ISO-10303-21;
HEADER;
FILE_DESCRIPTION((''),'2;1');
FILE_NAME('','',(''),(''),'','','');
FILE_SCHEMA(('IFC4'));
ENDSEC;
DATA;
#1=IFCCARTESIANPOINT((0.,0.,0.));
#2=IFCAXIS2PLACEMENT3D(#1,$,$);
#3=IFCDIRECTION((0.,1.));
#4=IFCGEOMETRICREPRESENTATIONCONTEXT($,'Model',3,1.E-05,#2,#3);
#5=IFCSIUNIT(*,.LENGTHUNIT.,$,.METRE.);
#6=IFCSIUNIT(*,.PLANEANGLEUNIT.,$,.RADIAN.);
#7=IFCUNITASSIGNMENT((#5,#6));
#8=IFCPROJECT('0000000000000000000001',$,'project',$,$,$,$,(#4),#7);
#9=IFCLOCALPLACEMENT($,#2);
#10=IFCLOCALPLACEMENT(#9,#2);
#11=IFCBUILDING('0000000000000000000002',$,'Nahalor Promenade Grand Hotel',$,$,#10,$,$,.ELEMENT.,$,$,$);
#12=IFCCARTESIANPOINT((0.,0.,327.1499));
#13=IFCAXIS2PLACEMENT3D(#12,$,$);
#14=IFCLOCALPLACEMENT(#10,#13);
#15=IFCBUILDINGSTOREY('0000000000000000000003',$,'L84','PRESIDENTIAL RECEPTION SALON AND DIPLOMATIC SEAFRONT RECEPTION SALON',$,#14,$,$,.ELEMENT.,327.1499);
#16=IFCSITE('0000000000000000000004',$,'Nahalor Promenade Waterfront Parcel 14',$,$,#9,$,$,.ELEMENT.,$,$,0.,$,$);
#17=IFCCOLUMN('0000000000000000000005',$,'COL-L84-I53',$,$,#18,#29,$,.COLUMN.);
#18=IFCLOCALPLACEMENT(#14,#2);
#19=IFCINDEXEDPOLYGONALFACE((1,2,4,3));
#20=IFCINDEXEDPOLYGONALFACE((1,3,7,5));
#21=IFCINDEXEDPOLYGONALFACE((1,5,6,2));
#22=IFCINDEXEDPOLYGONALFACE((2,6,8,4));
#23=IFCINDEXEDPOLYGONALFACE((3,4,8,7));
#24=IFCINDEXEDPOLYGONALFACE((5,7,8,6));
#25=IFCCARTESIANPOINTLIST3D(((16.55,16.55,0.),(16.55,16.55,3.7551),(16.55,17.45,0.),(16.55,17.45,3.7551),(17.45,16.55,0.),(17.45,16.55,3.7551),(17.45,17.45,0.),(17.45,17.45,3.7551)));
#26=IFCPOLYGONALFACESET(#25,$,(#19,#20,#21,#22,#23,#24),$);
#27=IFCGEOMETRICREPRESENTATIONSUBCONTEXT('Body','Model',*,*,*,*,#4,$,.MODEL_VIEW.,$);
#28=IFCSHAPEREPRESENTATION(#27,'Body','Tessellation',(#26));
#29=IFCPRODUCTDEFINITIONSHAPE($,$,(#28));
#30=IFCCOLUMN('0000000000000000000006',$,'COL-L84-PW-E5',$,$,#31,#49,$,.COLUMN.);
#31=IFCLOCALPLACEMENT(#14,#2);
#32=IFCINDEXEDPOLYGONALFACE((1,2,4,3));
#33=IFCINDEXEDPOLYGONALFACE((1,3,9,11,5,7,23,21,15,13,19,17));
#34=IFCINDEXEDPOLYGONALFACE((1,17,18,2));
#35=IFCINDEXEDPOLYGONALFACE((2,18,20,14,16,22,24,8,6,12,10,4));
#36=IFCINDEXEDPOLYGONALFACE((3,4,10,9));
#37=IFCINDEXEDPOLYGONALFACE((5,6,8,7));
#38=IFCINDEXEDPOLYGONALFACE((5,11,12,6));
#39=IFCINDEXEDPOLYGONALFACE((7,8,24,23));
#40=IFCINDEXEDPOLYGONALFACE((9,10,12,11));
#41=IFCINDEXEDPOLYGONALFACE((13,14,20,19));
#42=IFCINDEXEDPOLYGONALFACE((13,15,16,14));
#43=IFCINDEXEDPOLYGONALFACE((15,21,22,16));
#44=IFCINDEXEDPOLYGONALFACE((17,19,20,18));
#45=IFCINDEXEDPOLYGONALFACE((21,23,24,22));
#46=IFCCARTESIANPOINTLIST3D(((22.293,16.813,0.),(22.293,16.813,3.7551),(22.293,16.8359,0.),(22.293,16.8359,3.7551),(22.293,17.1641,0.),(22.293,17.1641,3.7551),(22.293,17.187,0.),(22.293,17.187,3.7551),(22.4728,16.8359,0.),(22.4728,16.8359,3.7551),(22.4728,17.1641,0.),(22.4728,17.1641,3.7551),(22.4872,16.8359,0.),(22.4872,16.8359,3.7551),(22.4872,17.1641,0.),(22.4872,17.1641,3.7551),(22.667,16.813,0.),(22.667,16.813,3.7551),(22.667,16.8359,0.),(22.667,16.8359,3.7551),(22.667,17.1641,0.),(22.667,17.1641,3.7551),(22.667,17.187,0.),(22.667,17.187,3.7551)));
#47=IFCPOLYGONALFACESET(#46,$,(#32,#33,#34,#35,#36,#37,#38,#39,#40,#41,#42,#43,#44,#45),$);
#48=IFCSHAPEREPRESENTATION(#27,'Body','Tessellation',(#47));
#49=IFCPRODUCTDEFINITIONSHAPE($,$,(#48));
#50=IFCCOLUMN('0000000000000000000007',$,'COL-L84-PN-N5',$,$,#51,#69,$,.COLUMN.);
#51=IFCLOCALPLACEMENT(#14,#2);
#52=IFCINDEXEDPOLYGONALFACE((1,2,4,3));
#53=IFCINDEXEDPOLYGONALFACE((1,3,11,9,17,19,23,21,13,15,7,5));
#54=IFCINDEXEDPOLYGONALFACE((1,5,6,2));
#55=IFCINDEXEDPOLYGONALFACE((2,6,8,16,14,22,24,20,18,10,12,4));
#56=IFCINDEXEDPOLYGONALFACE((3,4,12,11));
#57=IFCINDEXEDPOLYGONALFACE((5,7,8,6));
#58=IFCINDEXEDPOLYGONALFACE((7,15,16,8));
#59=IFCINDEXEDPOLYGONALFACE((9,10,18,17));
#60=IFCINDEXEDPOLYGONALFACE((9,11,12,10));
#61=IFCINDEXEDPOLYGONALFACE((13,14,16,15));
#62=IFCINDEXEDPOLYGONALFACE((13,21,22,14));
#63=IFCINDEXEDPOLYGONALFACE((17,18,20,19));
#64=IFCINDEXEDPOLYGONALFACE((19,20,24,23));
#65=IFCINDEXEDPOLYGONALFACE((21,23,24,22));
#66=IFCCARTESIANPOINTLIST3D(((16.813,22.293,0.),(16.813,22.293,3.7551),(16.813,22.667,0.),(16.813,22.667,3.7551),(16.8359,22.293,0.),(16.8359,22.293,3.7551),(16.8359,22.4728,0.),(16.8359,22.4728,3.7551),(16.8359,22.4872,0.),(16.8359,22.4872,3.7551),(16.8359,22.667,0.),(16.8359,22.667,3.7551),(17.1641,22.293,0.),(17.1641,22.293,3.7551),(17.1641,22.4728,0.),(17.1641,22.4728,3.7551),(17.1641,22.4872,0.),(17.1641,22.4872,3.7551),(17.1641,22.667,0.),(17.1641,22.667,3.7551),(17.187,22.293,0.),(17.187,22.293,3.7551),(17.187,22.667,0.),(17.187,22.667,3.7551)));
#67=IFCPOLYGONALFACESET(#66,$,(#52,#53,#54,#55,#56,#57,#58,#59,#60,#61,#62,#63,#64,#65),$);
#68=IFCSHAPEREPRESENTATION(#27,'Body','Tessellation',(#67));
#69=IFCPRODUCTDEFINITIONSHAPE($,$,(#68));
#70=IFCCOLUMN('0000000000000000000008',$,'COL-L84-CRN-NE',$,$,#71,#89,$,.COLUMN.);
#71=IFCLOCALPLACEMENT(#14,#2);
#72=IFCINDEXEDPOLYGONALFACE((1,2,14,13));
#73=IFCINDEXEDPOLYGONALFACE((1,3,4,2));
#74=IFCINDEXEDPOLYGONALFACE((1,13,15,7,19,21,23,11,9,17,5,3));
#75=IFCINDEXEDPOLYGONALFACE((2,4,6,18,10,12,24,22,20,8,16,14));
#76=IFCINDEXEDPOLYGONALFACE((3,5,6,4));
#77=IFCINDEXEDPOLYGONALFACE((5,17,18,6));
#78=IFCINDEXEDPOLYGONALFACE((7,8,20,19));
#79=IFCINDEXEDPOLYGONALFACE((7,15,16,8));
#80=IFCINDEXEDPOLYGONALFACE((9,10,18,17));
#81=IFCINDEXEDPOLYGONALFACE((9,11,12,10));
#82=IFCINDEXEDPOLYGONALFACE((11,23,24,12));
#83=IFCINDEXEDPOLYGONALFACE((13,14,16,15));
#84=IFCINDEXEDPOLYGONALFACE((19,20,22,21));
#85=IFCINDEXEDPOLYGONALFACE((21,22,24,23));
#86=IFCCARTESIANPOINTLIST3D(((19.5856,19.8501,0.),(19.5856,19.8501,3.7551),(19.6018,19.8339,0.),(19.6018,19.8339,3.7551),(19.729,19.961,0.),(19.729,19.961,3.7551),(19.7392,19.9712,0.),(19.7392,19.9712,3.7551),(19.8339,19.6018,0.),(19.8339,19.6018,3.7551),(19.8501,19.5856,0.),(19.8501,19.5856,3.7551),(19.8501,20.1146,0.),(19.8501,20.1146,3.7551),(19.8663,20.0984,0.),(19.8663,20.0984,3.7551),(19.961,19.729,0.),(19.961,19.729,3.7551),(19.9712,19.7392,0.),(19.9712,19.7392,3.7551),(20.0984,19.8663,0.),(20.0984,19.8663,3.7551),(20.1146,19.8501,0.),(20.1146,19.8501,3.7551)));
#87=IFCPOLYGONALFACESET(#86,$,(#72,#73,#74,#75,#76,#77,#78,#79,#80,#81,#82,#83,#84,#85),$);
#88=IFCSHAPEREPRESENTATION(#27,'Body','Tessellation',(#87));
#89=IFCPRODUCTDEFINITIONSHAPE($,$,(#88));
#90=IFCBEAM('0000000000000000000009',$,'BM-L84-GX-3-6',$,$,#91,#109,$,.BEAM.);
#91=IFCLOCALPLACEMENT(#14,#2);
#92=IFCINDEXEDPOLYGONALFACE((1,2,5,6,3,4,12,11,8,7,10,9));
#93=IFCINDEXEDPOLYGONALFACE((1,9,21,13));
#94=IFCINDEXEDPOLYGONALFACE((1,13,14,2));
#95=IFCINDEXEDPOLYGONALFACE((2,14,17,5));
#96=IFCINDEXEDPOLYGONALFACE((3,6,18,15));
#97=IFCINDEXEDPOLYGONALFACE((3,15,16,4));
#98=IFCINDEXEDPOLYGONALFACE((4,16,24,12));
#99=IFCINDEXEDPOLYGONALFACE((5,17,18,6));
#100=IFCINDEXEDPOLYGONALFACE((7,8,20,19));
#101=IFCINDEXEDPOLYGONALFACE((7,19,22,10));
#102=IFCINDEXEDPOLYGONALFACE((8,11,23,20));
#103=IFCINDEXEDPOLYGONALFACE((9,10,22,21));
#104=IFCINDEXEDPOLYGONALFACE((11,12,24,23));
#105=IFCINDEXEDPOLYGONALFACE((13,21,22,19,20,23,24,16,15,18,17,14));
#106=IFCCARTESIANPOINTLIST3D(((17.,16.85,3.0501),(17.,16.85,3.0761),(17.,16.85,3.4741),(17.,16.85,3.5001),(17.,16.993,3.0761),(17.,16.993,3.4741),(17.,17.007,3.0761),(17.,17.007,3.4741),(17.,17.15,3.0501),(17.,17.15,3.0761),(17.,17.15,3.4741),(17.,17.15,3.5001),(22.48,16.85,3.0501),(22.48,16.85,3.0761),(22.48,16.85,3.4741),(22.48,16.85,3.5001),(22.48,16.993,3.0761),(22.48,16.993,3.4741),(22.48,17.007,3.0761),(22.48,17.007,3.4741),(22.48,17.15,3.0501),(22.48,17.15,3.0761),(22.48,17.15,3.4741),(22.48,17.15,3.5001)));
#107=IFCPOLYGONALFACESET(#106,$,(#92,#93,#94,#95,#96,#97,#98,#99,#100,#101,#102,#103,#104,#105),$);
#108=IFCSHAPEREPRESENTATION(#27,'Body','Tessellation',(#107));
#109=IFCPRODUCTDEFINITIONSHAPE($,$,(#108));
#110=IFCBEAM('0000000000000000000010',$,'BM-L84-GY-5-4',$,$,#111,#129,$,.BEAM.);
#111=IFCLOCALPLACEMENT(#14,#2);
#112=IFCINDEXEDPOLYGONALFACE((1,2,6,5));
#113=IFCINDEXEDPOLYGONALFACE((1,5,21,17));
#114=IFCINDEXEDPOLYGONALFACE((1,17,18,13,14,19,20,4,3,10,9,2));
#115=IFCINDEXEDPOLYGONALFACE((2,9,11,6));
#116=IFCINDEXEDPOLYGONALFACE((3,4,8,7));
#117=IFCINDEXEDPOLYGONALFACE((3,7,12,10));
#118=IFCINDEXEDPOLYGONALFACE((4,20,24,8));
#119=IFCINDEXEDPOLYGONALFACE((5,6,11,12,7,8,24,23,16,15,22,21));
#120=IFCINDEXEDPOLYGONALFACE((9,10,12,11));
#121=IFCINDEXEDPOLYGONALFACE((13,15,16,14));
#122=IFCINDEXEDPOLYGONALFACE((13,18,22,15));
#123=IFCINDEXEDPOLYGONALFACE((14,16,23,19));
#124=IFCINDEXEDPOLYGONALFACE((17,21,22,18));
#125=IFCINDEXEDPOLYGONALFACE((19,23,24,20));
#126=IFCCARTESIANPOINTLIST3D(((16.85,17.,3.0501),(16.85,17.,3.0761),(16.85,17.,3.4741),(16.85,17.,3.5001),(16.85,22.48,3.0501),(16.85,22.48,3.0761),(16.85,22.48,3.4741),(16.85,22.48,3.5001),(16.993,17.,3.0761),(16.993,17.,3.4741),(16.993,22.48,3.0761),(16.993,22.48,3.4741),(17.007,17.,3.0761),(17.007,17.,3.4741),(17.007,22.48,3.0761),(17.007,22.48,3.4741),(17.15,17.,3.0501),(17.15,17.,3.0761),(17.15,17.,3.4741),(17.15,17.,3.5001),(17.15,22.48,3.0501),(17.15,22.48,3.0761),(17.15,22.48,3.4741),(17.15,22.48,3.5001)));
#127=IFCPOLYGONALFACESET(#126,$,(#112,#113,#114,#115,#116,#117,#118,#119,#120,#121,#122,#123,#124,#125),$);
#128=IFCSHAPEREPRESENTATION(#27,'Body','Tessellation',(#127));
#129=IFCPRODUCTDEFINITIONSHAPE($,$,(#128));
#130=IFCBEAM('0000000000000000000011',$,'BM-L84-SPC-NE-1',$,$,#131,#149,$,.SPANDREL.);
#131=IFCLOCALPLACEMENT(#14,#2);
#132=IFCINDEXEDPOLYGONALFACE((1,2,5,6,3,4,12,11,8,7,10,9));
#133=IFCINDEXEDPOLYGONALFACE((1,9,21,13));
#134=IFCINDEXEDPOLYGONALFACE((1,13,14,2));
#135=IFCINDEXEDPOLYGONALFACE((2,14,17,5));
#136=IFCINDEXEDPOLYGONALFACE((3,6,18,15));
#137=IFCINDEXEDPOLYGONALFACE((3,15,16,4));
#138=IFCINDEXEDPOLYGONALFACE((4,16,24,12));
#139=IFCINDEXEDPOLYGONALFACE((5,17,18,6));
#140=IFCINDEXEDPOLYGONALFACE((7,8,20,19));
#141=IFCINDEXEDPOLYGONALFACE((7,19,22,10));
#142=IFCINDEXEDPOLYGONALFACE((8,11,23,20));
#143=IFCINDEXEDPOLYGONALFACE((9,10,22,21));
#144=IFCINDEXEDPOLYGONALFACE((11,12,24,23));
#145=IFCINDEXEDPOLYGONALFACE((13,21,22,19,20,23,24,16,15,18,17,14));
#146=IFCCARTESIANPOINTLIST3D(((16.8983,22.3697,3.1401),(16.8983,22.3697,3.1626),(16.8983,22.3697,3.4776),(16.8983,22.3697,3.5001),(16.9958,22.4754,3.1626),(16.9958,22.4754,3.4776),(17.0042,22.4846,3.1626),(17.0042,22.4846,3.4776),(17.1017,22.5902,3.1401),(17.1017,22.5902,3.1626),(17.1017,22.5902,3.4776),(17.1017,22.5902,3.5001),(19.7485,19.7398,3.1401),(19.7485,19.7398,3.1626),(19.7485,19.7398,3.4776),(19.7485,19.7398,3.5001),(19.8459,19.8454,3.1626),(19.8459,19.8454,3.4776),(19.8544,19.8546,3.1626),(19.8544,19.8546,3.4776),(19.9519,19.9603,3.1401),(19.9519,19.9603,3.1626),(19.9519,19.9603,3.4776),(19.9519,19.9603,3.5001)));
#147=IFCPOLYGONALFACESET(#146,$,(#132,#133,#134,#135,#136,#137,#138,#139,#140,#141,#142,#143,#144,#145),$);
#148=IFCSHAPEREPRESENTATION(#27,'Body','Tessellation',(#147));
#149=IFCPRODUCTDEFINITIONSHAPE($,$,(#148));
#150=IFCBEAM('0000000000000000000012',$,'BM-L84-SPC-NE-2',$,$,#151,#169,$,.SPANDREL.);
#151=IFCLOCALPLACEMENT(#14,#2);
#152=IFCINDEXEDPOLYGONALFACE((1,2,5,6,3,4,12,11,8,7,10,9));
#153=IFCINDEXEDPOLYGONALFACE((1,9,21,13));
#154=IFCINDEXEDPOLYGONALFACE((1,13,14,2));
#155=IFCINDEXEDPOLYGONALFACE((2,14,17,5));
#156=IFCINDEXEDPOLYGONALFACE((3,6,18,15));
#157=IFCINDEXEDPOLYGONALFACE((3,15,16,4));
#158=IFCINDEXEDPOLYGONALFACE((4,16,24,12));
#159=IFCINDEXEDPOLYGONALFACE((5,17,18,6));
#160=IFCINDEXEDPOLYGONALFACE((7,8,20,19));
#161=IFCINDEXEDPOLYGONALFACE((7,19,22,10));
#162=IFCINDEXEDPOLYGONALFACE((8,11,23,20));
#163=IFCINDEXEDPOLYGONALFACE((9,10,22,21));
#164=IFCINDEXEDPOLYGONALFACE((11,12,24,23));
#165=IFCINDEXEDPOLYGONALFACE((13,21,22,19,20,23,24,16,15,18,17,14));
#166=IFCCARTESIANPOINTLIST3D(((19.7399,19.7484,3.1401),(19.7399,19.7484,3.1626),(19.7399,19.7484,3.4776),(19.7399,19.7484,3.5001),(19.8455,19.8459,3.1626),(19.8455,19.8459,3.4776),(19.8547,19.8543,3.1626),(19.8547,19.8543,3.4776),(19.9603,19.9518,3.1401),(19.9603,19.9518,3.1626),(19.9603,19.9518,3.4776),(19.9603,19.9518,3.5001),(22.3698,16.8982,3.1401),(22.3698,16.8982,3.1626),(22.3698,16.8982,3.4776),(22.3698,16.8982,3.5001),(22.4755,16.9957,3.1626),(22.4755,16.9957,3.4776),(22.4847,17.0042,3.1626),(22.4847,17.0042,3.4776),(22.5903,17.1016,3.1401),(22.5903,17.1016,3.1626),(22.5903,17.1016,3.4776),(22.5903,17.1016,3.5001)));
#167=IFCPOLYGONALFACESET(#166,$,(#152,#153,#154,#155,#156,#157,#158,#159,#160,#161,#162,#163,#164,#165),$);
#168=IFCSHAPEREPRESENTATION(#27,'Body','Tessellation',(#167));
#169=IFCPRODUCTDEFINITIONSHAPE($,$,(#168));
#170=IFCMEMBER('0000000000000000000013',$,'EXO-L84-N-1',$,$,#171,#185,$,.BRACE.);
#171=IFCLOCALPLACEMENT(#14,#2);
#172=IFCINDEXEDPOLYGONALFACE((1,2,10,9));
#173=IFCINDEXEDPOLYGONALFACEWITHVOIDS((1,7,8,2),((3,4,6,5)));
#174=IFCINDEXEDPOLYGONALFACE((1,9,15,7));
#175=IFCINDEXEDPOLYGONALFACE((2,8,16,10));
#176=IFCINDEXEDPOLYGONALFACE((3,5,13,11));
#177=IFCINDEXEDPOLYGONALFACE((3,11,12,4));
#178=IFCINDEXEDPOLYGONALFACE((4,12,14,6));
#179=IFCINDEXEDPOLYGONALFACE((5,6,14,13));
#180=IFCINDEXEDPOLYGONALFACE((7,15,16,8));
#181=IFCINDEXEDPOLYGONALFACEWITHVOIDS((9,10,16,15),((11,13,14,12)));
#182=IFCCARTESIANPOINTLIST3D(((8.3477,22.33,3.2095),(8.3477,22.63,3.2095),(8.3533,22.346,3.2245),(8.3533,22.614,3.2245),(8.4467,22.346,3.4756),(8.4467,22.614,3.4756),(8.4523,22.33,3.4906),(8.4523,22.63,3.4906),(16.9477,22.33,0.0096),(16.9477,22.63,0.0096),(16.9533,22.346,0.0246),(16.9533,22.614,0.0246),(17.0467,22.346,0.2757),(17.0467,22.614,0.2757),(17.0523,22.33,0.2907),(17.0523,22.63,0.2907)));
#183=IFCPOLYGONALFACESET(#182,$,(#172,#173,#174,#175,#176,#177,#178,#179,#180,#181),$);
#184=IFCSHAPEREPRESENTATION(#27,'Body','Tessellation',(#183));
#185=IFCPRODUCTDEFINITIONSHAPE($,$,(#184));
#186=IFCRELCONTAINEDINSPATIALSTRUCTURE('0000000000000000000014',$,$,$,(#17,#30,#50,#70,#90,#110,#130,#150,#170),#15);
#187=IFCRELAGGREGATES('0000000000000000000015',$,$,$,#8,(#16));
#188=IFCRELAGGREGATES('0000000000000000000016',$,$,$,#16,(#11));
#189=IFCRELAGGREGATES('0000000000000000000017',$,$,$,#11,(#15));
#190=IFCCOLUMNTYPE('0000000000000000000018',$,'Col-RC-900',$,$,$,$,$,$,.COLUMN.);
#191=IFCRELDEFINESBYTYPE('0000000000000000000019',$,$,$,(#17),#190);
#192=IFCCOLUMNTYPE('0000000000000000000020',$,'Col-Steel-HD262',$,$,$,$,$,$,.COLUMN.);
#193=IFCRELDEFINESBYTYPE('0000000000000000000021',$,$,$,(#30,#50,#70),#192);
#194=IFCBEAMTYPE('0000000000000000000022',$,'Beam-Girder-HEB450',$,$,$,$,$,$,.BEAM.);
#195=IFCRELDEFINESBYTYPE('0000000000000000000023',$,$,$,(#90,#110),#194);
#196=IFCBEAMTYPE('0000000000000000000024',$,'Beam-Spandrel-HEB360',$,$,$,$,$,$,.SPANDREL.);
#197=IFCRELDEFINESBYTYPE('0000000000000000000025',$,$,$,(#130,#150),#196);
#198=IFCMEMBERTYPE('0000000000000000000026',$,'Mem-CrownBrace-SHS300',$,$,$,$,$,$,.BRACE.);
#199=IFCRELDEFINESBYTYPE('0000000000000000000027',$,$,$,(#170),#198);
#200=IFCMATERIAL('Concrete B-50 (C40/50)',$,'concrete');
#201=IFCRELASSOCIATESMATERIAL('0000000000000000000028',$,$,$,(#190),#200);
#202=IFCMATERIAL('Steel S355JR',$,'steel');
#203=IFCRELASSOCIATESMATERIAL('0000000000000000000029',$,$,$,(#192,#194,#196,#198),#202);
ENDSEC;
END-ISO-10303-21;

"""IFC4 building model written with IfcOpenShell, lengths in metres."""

from ifc_helpers import new_model, si_unit, direction, frame, origin, origin_2d, place, context, subcontext, project, spatial, rectangle, hollow_rectangle, i_section, extrude, source, transform, mapped, material, material_profile, profile_set, type_object, element, save


model = new_model("IFC4")

# Units and contexts
model_context = context("Model", 3, precision=1e-05, world=origin(), true_north=direction((0.0, 1.0)))
body_context = subcontext(model_context, "Body", "Model", "MODEL_VIEW")
ifc_project = project(units=[si_unit("LENGTHUNIT", "METRE"), si_unit("PLANEANGLEUNIT", "RADIAN")], contexts=[model_context])

# Site, building, storey
site_placement = place(None, origin())
site = spatial("IfcSite", under=ifc_project, at=site_placement, Name="Nahalor Promenade Waterfront Parcel 14", CompositionType="ELEMENT", RefElevation=0.0)
building_placement = place(site_placement, origin())
building = spatial("IfcBuilding", under=site, at=building_placement, Name="Nahalor Promenade Grand Hotel", CompositionType="ELEMENT")
storey_placement = place(building_placement, frame((0.0, 0.0, 327.1499)))
storey = spatial("IfcBuildingStorey", under=building, at=storey_placement, Name="L84", Description="PRESIDENTIAL RECEPTION SALON AND DIPLOMATIC SEAFRONT RECEPTION SALON", CompositionType="ELEMENT", Elevation=327.1499)

# Columns
ifc_material_1 = material(Name="Concrete B-50 (C40/50)", Category="concrete")
ifc_material_profile_1 = material_profile(ifc_material_1, rectangle(XDim=0.9, YDim=0.9, at=origin_2d()), Name="RC 900x900")
ifc_profile_set_1 = profile_set([ifc_material_profile_1], Name="Concrete B-50 (C40/50)")
column_type_1 = type_object("IfcColumnType", Name="Col-RC-900", PredefinedType="COLUMN", material=ifc_profile_set_1)
shared_shape_1 = source(origin(), body_context, "Body", "SweptSolid", [
    extrude(rectangle(XDim=0.9, YDim=0.9, at=origin_2d()), origin(), (0.0, 0.0, 1.0), 3.7551),
])
column_placement = place(storey_placement, frame((17.0, 17.0, 0.0), z_axis=(0.0, 0.0, 1.0), x_axis=(1.0, 0.0, 0.0)))
element("IfcColumn", 1, at=column_placement, inside=storey, type_object=column_type_1, Name="COL-L84-I53", PredefinedType="COLUMN", context=body_context, shape_type="MappedRepresentation", body=[
    mapped(shared_shape_1, transform((0.0, 0.0, 0.0), scale=1.0)),
])
ifc_material_2 = material(Name="Steel S355JR", Category="steel")
ifc_material_profile_2 = material_profile(ifc_material_2, i_section(OverallWidth=0.374, OverallDepth=0.374, WebThickness=0.0144, FlangeThickness=0.0229, at=origin_2d()), Name="HD 360x262")
ifc_profile_set_2 = profile_set([ifc_material_profile_2], Name="Steel S355JR")
column_type_2 = type_object("IfcColumnType", Name="Col-Steel-HD262", PredefinedType="COLUMN", material=ifc_profile_set_2)
shared_shape_2 = source(origin(), body_context, "Body", "SweptSolid", [
    extrude(i_section(OverallWidth=0.374, OverallDepth=0.374, WebThickness=0.0144, FlangeThickness=0.0229, at=origin_2d()), origin(), (0.0, 0.0, 1.0), 3.7551),
])
for number, where, z_axis, x_axis, name in (
    (2, (22.48, 17.0, 0.0), (0.0, 0.0, 1.0), (1.0, 0.0, 0.0), "COL-L84-PW-E5"),
    (3, (17.0, 22.48, 0.0), (0.0, 0.0, 1.0), (0.0, 1.0, 0.0), "COL-L84-PN-N5"),
    (4, (19.8501, 19.8501, 0.0), (0.0, 0.0, 1.0), (0.707107, 0.707107, 0.0), "COL-L84-CRN-NE"),
):
    element("IfcColumn", number, at=place(storey_placement, frame(where, z_axis=z_axis, x_axis=x_axis)), inside=storey, type_object=column_type_2, Name=name, PredefinedType="COLUMN", context=body_context, shape_type="MappedRepresentation", body=[
        mapped(shared_shape_2, transform((0.0, 0.0, 0.0), scale=1.0)),
    ])

# Beams
ifc_material_profile_3 = material_profile(ifc_material_2, i_section(OverallWidth=0.3, OverallDepth=0.45, WebThickness=0.014, FlangeThickness=0.026, at=origin_2d()), Name="HEB 450")
ifc_profile_set_3 = profile_set([ifc_material_profile_3], Name="Steel S355JR")
beam_type_1 = type_object("IfcBeamType", Name="Beam-Girder-HEB450", PredefinedType="BEAM", material=ifc_profile_set_3)
shared_shape_3 = source(origin(), body_context, "Body", "SweptSolid", [
    extrude(i_section(OverallWidth=0.3, OverallDepth=0.45, WebThickness=0.014, FlangeThickness=0.026, at=origin_2d()), origin(), (0.0, 0.0, 1.0), 5.48),
])
for number, where, z_axis, x_axis, name in (
    (5, (17.0, 17.0, 3.2751), (1.0, 0.0, 0.0), (0.0, 1.0, 0.0), "BM-L84-GX-3-6"),
    (6, (17.0, 17.0, 3.2751), (0.0, 1.0, 0.0), (-1.0, 0.0, 0.0), "BM-L84-GY-5-4"),
):
    element("IfcBeam", number, at=place(storey_placement, frame(where, z_axis=z_axis, x_axis=x_axis)), inside=storey, type_object=beam_type_1, Name=name, PredefinedType="BEAM", context=body_context, shape_type="MappedRepresentation", body=[
        mapped(shared_shape_3, transform((0.0, 0.0, 0.0), scale=1.0)),
    ])
ifc_material_profile_4 = material_profile(ifc_material_2, i_section(OverallWidth=0.3, OverallDepth=0.36, WebThickness=0.0125, FlangeThickness=0.0225, at=origin_2d()), Name="HEB 360")
ifc_profile_set_4 = profile_set([ifc_material_profile_4], Name="Steel S355JR")
beam_type_2 = type_object("IfcBeamType", Name="Beam-Spandrel-HEB360", PredefinedType="SPANDREL", material=ifc_profile_set_4)
shared_shape_4 = source(origin(), body_context, "Body", "SweptSolid", [
    extrude(i_section(OverallWidth=0.3, OverallDepth=0.36, WebThickness=0.0125, FlangeThickness=0.0225, at=origin_2d()), origin(), (0.0, 0.0, 1.0), 3.8782),
])
for number, where, z_axis, x_axis, name in (
    (7, (17.0, 22.48, 3.3201), (0.734929, -0.678144, 0.0), (0.678144, 0.734929, 0.0), "BM-L84-SPC-NE-1"),
    (8, (19.8501, 19.8501, 3.3201), (0.678144, -0.734929, 0.0), (0.734929, 0.678144, 0.0), "BM-L84-SPC-NE-2"),
):
    element("IfcBeam", number, at=place(storey_placement, frame(where, z_axis=z_axis, x_axis=x_axis)), inside=storey, type_object=beam_type_2, Name=name, PredefinedType="SPANDREL", context=body_context, shape_type="MappedRepresentation", body=[
        mapped(shared_shape_4, transform((0.0, 0.0, 0.0), scale=1.0)),
    ])

# Member
ifc_material_profile_5 = material_profile(ifc_material_2, hollow_rectangle(XDim=0.3, YDim=0.3, WallThickness=0.016, at=origin_2d()), Name="SHS 300x300x16")
ifc_profile_set_5 = profile_set([ifc_material_profile_5], Name="Steel S355JR")
member_type_1 = type_object("IfcMemberType", Name="Mem-CrownBrace-SHS300", PredefinedType="BRACE", material=ifc_profile_set_5)
shared_shape_5 = source(origin(), body_context, "Body", "SweptSolid", [
    extrude(hollow_rectangle(XDim=0.3, YDim=0.3, WallThickness=0.016, at=origin_2d()), origin(), (0.0, 0.0, 1.0), 9.176),
])
member_1_placement = place(storey_placement, frame((17.0, 22.48, 0.1501), z_axis=(-0.937225, 0.0, 0.348726), x_axis=(0.0, -1.0, 0.0)))
element("IfcMember", 9, at=member_1_placement, inside=storey, type_object=member_type_1, Name="EXO-L84-N-1", PredefinedType="BRACE", context=body_context, shape_type="MappedRepresentation", body=[
    mapped(shared_shape_5, transform((0.0, 0.0, 0.0), scale=1.0)),
])

save(model, "model.ifc")
